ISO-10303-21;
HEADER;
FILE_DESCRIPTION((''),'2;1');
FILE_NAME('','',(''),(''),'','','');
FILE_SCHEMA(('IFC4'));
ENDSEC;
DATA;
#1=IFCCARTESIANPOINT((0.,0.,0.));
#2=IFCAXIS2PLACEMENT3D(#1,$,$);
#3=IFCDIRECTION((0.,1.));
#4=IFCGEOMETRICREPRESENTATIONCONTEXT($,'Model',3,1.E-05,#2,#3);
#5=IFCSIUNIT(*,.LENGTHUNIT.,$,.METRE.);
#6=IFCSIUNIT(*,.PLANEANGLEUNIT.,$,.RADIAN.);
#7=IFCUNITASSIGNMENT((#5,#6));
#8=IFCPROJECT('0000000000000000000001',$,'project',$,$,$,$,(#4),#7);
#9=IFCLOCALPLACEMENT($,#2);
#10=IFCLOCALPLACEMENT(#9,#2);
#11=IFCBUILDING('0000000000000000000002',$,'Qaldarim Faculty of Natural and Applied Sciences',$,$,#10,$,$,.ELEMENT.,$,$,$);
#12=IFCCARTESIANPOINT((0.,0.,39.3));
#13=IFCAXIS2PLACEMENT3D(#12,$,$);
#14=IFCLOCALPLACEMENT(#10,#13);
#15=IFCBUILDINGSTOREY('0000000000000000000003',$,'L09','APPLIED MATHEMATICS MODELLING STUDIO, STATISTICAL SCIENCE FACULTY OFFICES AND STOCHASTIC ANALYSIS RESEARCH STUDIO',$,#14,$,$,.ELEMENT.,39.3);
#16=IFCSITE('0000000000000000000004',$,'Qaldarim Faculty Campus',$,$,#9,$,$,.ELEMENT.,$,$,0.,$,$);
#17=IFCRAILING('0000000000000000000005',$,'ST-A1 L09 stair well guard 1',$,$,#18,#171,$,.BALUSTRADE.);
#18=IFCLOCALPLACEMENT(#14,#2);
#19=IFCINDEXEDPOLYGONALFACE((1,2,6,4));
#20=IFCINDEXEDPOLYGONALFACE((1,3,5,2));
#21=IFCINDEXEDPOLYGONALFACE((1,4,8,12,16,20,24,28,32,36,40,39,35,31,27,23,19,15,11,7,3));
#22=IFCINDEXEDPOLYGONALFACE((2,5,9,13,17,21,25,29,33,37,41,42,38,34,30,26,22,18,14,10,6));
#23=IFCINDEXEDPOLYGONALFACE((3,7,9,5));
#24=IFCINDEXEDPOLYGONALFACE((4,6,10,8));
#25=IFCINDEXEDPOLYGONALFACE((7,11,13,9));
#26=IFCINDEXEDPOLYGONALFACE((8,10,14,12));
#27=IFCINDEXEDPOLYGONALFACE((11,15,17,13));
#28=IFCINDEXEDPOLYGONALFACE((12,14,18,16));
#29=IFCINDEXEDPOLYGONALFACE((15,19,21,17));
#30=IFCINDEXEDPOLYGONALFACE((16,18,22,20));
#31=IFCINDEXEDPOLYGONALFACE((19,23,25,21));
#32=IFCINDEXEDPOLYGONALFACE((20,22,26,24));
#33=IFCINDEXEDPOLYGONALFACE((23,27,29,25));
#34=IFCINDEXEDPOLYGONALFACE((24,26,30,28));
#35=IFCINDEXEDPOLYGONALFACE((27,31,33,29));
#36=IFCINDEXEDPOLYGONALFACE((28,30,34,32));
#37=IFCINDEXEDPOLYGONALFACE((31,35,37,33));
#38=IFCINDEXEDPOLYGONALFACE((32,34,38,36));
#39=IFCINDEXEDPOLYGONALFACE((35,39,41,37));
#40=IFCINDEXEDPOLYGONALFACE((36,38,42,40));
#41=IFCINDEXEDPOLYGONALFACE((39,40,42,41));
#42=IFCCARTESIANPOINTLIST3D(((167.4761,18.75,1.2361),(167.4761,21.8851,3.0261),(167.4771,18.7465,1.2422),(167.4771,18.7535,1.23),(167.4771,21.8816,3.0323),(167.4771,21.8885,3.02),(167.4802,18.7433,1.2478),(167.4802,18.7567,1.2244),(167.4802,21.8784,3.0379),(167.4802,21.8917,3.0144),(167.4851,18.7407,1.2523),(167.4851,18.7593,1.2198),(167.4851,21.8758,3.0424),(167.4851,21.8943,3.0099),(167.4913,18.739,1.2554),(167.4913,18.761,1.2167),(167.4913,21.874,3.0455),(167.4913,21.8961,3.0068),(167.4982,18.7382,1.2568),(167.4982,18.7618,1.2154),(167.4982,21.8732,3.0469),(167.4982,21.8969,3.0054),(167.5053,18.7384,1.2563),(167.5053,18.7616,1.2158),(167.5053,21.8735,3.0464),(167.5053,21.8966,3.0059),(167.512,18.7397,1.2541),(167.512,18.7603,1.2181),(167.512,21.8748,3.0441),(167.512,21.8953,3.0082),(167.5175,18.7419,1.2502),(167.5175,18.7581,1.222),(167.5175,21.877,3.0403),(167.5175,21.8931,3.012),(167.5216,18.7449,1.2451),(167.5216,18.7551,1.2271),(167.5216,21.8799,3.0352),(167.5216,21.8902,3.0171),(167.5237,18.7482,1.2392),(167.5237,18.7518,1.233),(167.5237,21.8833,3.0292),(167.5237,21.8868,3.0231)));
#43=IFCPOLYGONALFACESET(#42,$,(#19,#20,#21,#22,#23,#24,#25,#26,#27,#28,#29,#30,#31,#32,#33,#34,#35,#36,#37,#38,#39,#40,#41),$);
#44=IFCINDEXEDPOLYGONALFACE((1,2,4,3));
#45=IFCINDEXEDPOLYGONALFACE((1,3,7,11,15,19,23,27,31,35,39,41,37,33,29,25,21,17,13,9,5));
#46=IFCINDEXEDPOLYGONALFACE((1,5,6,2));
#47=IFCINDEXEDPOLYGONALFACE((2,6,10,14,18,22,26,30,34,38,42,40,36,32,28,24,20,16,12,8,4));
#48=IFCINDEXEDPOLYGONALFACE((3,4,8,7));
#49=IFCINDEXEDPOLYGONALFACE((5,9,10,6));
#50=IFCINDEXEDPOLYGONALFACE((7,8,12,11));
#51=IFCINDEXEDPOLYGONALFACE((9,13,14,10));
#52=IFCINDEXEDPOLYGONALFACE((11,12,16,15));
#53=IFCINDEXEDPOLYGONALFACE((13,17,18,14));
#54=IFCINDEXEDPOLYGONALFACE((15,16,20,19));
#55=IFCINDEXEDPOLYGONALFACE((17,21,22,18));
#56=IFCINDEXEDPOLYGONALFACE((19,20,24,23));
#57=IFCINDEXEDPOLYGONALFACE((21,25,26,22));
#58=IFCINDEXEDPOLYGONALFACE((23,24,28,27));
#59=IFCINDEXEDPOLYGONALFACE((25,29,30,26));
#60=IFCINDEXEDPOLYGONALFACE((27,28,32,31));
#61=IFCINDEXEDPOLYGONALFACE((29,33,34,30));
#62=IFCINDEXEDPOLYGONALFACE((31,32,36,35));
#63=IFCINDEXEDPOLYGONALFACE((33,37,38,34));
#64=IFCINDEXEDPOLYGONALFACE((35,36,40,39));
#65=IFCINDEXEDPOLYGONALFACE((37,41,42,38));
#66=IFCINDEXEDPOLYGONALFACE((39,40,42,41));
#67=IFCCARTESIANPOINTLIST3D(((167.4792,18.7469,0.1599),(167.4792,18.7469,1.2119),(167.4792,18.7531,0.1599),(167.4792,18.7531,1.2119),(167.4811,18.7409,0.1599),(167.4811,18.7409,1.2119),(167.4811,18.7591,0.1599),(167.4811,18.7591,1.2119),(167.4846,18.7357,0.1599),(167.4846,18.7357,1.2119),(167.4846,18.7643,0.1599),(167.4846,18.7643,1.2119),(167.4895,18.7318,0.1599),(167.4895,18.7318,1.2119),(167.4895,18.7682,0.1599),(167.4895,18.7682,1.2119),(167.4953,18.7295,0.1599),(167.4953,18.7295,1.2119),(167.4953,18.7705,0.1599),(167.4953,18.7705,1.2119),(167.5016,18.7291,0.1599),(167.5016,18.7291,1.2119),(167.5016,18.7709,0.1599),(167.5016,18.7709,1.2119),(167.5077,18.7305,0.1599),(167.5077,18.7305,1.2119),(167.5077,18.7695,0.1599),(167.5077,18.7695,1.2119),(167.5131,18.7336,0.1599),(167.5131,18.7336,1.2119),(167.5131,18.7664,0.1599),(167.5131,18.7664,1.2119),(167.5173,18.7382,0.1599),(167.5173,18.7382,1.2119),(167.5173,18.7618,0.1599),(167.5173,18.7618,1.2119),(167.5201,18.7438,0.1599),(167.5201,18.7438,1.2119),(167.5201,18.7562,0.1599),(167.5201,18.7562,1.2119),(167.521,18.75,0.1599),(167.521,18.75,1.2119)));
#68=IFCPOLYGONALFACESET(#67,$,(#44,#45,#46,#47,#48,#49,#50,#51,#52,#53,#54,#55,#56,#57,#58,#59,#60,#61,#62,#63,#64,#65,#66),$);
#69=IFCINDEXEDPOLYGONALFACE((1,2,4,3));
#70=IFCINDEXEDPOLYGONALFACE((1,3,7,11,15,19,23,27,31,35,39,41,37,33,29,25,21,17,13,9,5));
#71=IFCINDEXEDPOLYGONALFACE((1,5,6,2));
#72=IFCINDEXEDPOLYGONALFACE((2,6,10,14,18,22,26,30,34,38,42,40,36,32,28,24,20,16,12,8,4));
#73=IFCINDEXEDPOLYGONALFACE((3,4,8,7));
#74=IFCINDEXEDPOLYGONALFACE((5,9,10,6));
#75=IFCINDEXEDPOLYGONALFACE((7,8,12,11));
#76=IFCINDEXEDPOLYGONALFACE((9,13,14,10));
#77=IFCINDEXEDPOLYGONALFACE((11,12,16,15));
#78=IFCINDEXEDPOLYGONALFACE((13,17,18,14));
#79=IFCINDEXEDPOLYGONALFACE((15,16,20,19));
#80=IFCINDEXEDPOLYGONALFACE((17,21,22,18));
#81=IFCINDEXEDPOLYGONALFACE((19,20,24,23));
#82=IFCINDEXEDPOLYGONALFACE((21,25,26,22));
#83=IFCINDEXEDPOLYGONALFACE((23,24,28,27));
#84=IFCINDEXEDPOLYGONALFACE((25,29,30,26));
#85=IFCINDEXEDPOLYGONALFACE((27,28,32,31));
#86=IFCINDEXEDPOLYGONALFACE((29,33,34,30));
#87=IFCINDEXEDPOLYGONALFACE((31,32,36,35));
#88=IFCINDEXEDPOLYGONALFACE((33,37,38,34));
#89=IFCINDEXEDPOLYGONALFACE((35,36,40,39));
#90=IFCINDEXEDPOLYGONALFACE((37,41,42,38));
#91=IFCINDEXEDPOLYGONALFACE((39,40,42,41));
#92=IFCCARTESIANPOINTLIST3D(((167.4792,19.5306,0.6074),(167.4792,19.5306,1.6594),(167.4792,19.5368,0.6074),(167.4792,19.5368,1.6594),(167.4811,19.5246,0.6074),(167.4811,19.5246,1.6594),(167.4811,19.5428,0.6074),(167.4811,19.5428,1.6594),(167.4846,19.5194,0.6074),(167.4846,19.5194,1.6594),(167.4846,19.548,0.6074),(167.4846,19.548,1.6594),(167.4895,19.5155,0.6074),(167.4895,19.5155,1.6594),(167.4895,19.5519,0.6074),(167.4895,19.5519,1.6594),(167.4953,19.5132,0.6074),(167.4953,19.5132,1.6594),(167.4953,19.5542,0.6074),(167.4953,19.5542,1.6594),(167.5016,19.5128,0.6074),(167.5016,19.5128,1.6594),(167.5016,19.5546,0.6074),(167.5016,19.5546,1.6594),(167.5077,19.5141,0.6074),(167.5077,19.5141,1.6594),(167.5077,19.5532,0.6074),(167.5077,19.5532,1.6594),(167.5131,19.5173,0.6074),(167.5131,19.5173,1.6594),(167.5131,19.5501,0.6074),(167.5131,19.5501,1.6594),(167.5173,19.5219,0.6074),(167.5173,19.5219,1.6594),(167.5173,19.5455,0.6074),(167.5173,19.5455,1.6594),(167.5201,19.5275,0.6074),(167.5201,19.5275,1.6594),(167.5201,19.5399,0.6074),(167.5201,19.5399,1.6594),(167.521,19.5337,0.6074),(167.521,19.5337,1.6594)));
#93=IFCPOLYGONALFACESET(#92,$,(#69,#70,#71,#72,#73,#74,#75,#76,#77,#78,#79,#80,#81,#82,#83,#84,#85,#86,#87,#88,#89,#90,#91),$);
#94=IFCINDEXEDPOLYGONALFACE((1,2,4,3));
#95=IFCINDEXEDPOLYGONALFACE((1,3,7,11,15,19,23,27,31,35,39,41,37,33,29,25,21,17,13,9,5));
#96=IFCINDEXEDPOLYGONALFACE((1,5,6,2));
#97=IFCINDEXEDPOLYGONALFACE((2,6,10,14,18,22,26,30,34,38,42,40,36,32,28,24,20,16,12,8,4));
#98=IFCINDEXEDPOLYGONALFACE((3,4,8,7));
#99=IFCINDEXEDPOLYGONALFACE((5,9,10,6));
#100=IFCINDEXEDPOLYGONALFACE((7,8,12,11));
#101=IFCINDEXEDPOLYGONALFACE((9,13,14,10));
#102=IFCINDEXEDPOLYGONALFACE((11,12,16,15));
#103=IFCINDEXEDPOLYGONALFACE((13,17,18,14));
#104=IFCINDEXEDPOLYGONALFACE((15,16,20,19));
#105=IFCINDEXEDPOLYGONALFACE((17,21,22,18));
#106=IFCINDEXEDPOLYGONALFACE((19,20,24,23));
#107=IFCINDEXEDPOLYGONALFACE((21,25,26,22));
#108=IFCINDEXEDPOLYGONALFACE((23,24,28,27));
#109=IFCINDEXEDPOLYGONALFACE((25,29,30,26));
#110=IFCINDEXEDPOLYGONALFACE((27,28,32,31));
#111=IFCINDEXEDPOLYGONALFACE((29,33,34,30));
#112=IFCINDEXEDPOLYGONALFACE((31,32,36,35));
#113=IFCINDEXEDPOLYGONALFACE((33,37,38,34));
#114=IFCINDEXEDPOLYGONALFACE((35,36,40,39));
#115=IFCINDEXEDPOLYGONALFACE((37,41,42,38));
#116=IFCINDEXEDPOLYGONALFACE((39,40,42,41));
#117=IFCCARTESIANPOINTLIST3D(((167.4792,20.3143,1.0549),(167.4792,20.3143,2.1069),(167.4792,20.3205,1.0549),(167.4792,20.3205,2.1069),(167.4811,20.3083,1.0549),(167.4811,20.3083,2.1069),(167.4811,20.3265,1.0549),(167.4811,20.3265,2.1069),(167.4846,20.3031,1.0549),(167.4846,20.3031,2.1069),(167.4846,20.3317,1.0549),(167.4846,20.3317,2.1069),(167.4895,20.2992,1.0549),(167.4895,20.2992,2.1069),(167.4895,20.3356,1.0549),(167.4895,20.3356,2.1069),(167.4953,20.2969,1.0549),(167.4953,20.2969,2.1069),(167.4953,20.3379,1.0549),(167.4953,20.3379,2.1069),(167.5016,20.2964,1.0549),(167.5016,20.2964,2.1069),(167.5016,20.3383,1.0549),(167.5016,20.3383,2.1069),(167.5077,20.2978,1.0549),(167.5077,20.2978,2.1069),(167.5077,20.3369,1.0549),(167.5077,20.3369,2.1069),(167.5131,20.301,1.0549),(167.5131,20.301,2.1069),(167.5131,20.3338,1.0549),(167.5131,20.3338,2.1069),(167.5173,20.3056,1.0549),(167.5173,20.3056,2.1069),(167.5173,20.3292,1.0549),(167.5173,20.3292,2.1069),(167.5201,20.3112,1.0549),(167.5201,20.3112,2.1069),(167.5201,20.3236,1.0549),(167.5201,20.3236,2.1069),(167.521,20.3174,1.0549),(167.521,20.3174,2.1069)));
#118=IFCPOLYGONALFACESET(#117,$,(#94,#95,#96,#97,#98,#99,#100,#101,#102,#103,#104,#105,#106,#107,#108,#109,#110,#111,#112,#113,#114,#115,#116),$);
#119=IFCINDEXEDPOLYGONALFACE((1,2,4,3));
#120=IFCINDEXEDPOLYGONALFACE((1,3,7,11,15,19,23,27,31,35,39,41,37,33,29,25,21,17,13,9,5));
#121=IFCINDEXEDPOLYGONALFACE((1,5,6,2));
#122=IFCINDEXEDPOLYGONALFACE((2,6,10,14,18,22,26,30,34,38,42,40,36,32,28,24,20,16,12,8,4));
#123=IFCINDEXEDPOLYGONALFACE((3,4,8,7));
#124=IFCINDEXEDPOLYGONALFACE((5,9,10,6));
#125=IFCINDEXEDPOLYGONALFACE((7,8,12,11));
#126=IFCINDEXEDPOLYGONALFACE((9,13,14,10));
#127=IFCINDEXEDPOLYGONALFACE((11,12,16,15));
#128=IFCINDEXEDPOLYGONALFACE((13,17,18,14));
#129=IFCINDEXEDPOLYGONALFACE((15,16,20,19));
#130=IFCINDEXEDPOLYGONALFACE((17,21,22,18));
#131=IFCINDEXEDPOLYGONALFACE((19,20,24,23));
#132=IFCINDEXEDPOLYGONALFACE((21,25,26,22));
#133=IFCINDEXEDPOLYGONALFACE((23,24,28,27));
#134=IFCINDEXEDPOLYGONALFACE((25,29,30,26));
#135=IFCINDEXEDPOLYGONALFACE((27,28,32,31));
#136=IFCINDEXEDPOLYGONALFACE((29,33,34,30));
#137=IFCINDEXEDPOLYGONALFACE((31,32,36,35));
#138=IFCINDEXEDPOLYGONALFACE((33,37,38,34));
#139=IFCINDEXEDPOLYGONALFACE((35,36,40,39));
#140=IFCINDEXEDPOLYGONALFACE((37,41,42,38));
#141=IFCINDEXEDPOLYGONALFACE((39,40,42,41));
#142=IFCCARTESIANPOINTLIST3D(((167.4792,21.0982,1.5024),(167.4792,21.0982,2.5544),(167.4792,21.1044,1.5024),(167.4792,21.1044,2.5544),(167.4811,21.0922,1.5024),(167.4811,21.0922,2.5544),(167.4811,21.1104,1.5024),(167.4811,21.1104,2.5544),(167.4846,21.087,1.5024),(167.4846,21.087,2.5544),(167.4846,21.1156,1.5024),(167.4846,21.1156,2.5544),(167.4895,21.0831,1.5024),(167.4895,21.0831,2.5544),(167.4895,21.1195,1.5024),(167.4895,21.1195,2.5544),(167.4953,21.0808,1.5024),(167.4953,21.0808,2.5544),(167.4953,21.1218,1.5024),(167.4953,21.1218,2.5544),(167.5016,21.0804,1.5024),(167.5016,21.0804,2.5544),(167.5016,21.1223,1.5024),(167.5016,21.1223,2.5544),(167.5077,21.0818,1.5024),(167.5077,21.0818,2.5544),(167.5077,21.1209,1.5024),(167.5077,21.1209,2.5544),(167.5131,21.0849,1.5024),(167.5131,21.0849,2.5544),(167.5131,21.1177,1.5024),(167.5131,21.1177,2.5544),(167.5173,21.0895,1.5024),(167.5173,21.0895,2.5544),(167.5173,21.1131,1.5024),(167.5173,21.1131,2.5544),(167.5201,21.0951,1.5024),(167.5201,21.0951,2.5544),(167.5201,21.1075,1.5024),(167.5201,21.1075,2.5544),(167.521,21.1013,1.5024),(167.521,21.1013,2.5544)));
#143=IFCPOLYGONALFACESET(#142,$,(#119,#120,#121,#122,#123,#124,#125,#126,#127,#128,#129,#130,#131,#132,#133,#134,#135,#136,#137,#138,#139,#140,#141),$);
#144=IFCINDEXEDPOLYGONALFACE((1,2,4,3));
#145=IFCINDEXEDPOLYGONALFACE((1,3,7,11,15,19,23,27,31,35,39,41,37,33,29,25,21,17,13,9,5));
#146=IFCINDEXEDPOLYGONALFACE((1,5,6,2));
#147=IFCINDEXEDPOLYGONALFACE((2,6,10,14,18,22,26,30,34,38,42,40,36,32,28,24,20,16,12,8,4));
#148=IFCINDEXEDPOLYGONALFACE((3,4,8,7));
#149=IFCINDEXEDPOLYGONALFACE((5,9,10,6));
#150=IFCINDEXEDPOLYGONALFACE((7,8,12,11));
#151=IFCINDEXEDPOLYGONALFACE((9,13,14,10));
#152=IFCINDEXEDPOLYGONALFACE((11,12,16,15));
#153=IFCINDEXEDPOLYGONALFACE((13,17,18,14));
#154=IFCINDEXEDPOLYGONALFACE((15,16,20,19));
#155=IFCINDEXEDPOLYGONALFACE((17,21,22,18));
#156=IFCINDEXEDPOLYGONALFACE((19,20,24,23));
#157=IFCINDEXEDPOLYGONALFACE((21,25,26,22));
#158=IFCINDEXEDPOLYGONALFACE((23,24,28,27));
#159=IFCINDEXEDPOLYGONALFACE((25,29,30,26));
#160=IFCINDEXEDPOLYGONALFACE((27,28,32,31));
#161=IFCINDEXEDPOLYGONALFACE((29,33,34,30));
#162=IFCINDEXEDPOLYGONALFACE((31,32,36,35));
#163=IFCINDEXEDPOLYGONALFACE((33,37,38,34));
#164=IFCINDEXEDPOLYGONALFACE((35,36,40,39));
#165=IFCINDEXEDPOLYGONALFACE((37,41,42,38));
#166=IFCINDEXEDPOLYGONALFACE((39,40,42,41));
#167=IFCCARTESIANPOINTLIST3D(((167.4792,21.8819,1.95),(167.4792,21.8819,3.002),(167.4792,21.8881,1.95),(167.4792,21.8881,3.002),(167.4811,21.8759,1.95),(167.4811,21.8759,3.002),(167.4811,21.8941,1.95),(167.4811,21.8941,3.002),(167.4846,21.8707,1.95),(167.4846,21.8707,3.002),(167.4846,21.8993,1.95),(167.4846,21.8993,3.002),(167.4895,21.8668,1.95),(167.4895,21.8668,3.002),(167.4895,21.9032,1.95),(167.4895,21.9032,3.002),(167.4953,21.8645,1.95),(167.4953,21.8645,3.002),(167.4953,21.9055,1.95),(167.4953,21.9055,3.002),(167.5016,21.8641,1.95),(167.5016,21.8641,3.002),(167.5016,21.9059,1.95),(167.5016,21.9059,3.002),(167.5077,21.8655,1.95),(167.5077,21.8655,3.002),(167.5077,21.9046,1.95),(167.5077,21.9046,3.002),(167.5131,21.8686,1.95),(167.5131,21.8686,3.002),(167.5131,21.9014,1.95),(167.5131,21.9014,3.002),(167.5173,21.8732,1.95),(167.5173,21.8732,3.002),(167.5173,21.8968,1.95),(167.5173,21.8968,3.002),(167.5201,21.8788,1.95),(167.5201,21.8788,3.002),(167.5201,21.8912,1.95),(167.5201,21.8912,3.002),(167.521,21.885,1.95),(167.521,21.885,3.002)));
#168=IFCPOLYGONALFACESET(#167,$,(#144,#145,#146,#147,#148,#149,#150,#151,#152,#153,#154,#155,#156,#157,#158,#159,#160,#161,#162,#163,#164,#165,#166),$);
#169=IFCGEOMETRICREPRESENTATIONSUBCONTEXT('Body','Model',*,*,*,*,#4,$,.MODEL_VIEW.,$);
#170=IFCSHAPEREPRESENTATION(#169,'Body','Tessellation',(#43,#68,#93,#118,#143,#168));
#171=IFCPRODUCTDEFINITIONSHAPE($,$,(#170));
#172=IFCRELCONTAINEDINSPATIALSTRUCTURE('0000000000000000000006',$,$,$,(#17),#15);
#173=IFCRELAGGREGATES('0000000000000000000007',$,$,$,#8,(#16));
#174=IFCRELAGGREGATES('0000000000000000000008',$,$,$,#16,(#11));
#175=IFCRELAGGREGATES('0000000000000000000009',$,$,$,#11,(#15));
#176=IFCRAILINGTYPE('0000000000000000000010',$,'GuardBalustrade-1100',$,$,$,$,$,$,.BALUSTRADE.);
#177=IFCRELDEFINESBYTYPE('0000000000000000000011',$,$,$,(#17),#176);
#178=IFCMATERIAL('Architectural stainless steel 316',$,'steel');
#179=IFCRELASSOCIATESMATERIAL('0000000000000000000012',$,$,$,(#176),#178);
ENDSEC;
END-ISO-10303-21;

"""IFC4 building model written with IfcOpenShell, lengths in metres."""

from ifc_helpers import new_model, si_unit, direction, frame, origin, origin_2d, place, context, subcontext, project, spatial, circle, extrude, material, type_object, element, save


model = new_model("IFC4")

# Units and contexts
model_context = context("Model", 3, precision=1e-05, world=origin(), true_north=direction((0.0, 1.0)))
body_context = subcontext(model_context, "Body", "Model", "MODEL_VIEW")
ifc_project = project(units=[si_unit("LENGTHUNIT", "METRE"), si_unit("PLANEANGLEUNIT", "RADIAN")], contexts=[model_context])

# Site, building, storey
site_placement = place(None, origin())
site = spatial("IfcSite", under=ifc_project, at=site_placement, Name="Qaldarim Faculty Campus", CompositionType="ELEMENT", RefElevation=0.0)
building_placement = place(site_placement, origin())
building = spatial("IfcBuilding", under=site, at=building_placement, Name="Qaldarim Faculty of Natural and Applied Sciences", CompositionType="ELEMENT")
storey_placement = place(building_placement, frame((0.0, 0.0, 39.3)))
storey = spatial("IfcBuildingStorey", under=building, at=storey_placement, Name="L09", Description="APPLIED MATHEMATICS MODELLING STUDIO, STATISTICAL SCIENCE FACULTY OFFICES AND STOCHASTIC ANALYSIS RESEARCH STUDIO", CompositionType="ELEMENT", Elevation=39.3)

# Shared definitions
ifc_material_1 = material(Name="Architectural stainless steel 316", Category="steel")

# Railing
railing_type = type_object("IfcRailingType", Name="GuardBalustrade-1100", PredefinedType="BALUSTRADE", material=ifc_material_1)
railing_1_placement = place(storey_placement, frame((167.5, 18.75, 0.1599)))
element("IfcRailing", 1, at=railing_1_placement, inside=storey, type_object=railing_type, Name="ST-A1 L09 stair well guard 1", PredefinedType="BALUSTRADE", context=body_context, shape_type="SweptSolid", body=[
    extrude(circle(Radius=0.0239, at=origin_2d()), frame((0.0, 0.0, 1.0762), z_axis=(0.0, 0.86841, 0.495848), x_axis=(-1.0, 0.0, 0.0)), (0.0, 0.0, 1.0), 3.6101),
    extrude(circle(Radius=0.021, at=origin_2d()), origin(), (0.0, 0.0, 1.0), 1.052),
    extrude(circle(Radius=0.021, at=origin_2d()), frame((0.0, 0.7837, 0.4475)), (0.0, 0.0, 1.0), 1.052),
    extrude(circle(Radius=0.021, at=origin_2d()), frame((0.0, 1.5674, 0.895)), (0.0, 0.0, 1.0), 1.052),
    extrude(circle(Radius=0.021, at=origin_2d()), frame((0.0, 2.3513, 1.3425)), (0.0, 0.0, 1.0), 1.052),
    extrude(circle(Radius=0.021, at=origin_2d()), frame((0.0, 3.135, 1.79)), (0.0, 0.0, 1.0), 1.052),
])

save(model, "model.ifc")
